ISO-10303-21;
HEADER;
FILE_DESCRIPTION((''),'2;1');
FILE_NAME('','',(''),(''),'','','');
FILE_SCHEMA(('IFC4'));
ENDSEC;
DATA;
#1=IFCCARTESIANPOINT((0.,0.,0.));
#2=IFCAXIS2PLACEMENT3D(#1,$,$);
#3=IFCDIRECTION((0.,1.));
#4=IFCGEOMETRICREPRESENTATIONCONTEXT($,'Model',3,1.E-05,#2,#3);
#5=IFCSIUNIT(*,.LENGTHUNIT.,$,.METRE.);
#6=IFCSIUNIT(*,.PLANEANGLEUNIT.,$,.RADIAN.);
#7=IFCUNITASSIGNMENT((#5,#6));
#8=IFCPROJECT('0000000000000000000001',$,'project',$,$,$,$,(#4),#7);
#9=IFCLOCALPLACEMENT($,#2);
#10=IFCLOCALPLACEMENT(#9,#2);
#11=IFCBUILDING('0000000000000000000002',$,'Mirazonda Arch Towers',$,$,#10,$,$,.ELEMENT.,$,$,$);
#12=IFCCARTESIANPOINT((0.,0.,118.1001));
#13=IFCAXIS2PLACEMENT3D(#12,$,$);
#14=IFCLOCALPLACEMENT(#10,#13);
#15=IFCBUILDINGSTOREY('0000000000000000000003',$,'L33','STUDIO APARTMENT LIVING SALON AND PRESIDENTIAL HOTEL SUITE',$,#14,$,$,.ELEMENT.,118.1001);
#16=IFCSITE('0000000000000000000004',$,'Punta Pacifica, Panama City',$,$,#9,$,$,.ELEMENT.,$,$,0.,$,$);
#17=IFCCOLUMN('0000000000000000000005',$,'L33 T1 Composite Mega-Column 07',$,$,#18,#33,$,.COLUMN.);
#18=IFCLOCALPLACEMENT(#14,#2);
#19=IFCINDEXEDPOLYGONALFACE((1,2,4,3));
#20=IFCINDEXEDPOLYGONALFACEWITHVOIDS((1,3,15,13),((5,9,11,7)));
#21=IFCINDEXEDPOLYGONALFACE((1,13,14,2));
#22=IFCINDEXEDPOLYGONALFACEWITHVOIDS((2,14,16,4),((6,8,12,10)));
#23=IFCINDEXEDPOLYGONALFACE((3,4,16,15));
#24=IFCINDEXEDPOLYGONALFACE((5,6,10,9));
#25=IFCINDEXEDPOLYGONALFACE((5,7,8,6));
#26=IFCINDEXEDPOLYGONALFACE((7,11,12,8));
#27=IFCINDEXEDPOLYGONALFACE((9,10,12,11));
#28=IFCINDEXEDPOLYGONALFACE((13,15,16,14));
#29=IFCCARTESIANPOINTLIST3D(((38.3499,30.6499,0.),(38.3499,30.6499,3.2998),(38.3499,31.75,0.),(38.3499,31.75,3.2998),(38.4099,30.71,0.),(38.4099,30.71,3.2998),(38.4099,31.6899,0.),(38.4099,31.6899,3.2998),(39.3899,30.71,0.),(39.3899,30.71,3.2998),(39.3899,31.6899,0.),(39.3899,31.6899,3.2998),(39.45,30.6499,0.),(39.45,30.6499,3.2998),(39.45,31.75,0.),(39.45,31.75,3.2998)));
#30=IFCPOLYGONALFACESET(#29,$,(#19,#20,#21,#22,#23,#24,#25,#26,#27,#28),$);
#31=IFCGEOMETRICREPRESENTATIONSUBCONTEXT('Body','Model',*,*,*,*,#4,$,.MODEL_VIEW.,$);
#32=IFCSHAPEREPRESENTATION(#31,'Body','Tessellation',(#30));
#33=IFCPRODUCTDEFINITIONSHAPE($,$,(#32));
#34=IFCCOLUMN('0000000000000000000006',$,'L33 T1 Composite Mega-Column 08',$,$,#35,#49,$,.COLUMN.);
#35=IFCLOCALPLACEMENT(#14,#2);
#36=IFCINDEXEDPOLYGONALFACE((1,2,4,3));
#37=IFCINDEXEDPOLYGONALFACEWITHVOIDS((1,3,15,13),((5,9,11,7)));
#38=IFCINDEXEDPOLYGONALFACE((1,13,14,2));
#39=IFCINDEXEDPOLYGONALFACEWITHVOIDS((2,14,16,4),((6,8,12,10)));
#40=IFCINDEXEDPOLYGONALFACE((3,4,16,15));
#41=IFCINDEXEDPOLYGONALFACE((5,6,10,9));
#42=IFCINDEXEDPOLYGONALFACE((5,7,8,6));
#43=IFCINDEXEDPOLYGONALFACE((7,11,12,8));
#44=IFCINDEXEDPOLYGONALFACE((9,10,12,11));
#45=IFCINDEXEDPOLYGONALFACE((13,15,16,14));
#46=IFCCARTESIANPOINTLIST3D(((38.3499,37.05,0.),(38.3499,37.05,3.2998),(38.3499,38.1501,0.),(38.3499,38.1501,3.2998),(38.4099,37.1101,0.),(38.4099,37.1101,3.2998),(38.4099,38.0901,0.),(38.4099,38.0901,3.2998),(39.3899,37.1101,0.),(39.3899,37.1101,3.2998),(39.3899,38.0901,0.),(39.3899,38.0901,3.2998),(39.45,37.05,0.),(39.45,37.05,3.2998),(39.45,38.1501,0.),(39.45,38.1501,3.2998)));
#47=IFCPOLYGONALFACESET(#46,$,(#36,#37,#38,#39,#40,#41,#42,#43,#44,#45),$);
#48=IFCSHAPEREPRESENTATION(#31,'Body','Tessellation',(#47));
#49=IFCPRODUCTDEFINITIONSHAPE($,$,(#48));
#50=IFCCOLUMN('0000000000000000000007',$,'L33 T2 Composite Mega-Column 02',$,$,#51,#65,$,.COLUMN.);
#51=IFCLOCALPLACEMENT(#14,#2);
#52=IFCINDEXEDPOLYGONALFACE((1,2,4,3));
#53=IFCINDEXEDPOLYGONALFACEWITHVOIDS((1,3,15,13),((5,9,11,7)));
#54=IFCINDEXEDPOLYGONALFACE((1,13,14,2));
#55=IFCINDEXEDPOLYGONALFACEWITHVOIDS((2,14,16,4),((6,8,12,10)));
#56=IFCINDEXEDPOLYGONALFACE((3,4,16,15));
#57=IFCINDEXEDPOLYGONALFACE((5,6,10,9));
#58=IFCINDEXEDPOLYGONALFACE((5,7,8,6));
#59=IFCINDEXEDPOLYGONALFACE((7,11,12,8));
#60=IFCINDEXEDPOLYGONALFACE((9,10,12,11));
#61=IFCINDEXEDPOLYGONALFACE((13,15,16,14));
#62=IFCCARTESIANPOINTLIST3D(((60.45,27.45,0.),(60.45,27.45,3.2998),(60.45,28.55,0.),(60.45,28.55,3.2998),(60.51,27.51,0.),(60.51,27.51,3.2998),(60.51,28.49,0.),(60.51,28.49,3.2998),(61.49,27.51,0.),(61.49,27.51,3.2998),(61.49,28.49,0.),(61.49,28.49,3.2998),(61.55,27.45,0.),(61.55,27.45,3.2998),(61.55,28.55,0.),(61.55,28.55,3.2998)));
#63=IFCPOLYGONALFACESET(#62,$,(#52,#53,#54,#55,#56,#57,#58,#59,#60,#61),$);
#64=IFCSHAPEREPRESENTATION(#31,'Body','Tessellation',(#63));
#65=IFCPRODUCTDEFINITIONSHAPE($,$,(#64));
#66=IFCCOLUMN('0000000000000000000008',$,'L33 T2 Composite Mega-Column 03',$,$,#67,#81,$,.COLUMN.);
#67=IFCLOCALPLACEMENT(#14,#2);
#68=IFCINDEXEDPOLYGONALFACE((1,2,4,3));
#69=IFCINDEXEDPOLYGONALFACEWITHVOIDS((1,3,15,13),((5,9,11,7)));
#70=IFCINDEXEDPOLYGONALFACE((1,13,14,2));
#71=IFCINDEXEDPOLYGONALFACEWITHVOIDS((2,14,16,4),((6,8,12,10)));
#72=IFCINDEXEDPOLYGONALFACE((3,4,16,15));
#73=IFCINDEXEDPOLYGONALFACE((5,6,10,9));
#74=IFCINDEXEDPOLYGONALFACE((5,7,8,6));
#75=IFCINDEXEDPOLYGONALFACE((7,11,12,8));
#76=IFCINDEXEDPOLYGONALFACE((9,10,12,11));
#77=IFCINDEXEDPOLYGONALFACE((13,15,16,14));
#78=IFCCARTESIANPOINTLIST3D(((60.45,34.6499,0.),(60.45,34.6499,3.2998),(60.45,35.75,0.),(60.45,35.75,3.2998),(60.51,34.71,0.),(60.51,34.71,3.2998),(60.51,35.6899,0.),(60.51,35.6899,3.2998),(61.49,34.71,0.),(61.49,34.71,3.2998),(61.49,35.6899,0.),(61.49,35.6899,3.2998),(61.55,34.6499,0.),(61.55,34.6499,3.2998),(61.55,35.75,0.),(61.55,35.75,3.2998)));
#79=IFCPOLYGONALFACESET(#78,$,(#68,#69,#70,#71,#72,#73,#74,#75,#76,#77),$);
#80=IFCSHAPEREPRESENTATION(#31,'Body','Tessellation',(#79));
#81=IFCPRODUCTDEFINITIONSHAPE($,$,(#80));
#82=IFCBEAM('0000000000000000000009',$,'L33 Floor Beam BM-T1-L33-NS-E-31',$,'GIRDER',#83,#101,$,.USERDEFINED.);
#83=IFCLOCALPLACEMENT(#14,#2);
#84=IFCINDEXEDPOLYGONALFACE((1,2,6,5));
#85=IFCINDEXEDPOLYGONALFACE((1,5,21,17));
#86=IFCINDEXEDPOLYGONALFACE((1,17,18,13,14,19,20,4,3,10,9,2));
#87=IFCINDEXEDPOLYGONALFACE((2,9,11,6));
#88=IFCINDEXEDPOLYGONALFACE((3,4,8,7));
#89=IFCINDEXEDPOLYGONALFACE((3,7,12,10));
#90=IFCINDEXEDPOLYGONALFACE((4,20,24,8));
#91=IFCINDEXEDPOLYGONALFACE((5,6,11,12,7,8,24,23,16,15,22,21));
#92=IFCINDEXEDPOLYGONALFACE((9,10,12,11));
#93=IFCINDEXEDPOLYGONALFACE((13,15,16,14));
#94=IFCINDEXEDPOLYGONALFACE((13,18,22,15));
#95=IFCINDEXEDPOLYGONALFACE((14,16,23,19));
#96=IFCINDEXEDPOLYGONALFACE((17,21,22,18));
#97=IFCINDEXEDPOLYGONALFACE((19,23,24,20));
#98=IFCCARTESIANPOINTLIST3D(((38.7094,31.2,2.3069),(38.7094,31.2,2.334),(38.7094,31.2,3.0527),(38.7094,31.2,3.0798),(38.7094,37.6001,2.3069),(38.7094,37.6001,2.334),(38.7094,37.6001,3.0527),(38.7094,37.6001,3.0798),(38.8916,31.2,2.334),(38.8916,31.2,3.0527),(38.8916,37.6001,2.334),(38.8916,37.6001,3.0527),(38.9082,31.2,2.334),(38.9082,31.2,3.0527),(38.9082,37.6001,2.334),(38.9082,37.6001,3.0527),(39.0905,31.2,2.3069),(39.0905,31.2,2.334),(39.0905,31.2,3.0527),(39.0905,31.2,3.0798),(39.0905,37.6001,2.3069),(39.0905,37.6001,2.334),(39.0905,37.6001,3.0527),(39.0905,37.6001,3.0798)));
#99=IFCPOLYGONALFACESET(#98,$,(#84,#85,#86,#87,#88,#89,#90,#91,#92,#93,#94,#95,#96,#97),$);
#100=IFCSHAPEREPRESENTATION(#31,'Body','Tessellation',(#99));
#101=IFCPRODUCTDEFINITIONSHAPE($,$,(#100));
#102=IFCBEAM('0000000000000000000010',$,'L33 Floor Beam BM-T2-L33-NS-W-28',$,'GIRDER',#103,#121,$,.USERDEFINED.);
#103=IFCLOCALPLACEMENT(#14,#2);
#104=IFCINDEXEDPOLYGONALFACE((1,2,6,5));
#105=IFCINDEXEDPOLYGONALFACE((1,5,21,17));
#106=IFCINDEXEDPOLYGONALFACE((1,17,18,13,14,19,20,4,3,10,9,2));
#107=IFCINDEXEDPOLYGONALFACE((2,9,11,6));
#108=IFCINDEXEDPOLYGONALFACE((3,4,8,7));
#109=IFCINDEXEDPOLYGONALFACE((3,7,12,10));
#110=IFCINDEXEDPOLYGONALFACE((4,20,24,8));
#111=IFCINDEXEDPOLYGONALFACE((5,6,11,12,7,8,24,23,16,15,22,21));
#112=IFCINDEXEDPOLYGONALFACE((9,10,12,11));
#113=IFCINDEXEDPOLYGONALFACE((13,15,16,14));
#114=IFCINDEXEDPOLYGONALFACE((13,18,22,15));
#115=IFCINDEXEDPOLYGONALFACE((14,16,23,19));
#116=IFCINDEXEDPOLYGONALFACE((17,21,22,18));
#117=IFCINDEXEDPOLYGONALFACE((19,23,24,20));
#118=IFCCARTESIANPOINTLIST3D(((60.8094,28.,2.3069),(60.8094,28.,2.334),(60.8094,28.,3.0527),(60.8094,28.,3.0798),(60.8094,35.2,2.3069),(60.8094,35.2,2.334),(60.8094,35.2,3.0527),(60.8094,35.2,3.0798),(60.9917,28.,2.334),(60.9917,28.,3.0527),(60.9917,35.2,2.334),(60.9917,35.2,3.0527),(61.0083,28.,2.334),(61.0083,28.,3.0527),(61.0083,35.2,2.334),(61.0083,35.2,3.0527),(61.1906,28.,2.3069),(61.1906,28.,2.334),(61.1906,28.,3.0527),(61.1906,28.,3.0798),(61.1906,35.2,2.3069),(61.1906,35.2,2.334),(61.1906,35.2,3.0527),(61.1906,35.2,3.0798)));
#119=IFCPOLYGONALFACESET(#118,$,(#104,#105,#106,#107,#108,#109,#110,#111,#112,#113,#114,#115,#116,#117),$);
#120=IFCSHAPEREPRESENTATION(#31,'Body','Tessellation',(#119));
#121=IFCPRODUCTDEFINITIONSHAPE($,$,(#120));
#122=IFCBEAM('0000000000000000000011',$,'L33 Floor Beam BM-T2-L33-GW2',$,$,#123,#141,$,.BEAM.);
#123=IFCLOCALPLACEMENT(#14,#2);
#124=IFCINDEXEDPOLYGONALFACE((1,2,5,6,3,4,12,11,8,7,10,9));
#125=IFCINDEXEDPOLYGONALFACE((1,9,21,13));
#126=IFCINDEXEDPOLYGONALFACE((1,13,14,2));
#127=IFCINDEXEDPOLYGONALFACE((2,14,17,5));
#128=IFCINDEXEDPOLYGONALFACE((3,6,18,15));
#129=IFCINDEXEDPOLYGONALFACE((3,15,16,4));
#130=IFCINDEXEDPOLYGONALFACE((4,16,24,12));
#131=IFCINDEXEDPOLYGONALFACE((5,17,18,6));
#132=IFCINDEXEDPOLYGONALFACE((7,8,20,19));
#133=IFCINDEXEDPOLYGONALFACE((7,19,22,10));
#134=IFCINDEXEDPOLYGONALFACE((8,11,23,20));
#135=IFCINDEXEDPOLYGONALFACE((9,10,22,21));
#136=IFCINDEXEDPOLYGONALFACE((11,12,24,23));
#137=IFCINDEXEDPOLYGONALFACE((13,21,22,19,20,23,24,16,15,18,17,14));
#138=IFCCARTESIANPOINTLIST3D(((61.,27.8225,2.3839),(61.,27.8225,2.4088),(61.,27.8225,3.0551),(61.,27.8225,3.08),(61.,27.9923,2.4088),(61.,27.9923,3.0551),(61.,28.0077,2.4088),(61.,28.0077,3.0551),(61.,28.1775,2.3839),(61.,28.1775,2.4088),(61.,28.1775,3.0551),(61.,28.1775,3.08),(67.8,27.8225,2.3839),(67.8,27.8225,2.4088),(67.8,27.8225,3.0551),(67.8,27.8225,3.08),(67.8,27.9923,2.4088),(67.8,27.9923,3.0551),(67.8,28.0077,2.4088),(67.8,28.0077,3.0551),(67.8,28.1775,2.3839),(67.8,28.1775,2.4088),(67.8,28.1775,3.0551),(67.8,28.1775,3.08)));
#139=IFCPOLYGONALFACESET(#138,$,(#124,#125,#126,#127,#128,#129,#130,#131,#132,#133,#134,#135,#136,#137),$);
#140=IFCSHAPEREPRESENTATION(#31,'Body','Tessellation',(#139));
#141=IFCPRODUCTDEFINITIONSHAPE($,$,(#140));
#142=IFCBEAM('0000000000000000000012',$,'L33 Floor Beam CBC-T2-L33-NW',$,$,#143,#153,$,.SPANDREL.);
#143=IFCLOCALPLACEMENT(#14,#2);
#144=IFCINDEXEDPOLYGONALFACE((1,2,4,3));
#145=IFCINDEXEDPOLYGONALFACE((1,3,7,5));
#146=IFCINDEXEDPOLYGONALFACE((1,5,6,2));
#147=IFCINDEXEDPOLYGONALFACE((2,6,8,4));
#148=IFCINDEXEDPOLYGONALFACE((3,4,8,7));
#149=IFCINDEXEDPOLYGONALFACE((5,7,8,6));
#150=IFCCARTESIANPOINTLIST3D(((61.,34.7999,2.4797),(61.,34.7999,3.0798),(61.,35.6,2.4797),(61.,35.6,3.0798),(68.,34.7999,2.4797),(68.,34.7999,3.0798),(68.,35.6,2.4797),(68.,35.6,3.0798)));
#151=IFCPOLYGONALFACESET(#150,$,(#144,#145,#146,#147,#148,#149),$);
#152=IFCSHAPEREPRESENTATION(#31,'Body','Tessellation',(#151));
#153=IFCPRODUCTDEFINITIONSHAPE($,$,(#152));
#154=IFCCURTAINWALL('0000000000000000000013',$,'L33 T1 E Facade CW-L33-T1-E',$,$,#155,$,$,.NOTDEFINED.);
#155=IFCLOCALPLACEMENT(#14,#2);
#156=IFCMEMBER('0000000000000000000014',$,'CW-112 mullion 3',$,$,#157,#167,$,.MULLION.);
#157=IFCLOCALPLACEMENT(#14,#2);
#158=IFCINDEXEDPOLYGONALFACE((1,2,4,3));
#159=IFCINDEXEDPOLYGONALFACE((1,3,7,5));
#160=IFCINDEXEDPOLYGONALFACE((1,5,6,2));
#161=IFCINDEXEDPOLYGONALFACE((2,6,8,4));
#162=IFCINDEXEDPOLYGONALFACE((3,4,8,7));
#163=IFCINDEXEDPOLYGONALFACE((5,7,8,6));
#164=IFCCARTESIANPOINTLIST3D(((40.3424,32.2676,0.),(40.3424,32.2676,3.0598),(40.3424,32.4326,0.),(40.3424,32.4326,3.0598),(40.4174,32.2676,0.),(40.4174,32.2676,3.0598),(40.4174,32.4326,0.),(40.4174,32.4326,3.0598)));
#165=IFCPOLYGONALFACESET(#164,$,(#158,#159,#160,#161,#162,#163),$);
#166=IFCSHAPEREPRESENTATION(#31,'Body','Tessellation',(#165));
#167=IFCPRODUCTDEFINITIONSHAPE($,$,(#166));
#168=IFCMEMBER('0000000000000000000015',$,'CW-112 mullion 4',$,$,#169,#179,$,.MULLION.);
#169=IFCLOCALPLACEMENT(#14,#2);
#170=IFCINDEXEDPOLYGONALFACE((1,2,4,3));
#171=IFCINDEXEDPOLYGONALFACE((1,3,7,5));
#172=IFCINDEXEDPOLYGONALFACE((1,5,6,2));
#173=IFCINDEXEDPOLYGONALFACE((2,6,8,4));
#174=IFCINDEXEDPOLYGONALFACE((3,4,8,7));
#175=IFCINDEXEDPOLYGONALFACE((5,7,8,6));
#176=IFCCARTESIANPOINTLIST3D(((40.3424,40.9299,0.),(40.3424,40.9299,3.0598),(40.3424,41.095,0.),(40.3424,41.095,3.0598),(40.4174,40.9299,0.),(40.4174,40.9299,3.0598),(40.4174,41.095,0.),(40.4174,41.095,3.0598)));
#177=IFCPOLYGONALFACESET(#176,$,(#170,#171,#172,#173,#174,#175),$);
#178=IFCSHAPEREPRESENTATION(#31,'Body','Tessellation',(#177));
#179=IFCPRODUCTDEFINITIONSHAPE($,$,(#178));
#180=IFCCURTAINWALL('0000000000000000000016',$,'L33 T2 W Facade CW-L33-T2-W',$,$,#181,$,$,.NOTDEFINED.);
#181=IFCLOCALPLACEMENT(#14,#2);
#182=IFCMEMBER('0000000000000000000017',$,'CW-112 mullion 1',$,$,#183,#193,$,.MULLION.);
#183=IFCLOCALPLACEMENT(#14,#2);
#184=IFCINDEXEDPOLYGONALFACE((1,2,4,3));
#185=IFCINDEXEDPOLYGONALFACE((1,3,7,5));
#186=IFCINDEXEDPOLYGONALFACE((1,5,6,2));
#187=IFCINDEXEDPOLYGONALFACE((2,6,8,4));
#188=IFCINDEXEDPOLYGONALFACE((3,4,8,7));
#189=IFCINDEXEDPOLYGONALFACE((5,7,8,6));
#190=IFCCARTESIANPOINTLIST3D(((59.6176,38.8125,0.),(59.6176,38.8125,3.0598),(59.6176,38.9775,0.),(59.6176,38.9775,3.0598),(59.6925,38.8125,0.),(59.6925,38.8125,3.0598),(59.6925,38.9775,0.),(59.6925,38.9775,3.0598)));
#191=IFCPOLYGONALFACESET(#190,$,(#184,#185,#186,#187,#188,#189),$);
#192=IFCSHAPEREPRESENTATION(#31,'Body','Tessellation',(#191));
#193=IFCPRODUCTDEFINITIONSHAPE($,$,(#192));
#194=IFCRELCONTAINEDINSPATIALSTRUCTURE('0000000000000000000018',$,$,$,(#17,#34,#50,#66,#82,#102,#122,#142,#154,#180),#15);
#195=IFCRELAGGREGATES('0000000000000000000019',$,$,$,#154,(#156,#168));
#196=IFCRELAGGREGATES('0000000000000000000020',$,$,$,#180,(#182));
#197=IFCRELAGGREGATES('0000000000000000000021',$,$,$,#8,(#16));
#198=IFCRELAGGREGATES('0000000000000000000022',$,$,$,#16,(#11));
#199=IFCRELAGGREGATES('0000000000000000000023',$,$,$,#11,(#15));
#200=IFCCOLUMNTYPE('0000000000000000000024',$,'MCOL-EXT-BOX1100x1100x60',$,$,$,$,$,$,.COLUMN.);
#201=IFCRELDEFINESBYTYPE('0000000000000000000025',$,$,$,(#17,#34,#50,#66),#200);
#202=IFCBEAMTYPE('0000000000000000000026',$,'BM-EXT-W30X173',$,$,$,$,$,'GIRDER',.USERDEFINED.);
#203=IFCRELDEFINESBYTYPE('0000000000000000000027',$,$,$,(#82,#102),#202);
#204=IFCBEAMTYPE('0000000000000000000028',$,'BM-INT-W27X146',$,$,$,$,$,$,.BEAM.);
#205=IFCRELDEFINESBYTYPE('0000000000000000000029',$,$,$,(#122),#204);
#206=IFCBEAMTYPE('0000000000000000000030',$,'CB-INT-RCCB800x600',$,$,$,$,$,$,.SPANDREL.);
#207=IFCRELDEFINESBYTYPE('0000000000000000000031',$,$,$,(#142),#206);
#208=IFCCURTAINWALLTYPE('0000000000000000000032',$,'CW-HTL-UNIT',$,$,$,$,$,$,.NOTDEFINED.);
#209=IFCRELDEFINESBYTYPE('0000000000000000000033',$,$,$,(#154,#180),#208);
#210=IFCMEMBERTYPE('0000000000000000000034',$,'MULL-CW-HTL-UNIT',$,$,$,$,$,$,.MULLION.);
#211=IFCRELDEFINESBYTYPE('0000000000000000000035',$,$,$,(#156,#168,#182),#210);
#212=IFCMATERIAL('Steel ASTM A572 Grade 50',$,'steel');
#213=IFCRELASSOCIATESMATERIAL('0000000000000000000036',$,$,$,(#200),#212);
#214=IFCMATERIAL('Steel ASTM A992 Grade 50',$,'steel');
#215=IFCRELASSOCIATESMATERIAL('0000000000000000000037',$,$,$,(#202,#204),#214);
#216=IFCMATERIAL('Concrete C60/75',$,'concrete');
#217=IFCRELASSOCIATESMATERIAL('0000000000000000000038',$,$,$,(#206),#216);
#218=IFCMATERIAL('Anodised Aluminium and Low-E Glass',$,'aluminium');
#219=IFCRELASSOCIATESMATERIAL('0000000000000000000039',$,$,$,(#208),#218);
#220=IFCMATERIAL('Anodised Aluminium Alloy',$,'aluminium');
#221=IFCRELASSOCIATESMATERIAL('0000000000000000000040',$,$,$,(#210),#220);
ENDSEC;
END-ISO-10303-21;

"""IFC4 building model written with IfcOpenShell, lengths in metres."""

from ifc_helpers import new_model, si_unit, direction, frame, origin, origin_2d, place, context, subcontext, project, spatial, rectangle, hollow_rectangle, i_section, extrude, material, material_profile, profile_set, type_object, element, aggregate, save


model = new_model("IFC4")

# Units and contexts
model_context = context("Model", 3, precision=1e-05, world=origin(), true_north=direction((0.0, 1.0)))
body_context = subcontext(model_context, "Body", "Model", "MODEL_VIEW")
ifc_project = project(units=[si_unit("LENGTHUNIT", "METRE"), si_unit("PLANEANGLEUNIT", "RADIAN")], contexts=[model_context])

# Site, building, storey
site_placement = place(None, origin())
site = spatial("IfcSite", under=ifc_project, at=site_placement, Name="Punta Pacifica, Panama City", CompositionType="ELEMENT", RefElevation=0.0)
building_placement = place(site_placement, origin())
building = spatial("IfcBuilding", under=site, at=building_placement, Name="Mirazonda Arch Towers", CompositionType="ELEMENT")
storey_placement = place(building_placement, frame((0.0, 0.0, 118.1001)))
storey = spatial("IfcBuildingStorey", under=building, at=storey_placement, Name="L33", Description="STUDIO APARTMENT LIVING SALON AND PRESIDENTIAL HOTEL SUITE", CompositionType="ELEMENT", Elevation=118.1001)

# Columns
ifc_material_1 = material(Name="Steel ASTM A572 Grade 50", Category="steel")
ifc_material_profile_1 = material_profile(ifc_material_1, hollow_rectangle(XDim=1.1001, YDim=1.1001, WallThickness=0.0601, at=origin_2d()), Name="BOX1100x1100x60")
ifc_profile_set_1 = profile_set([ifc_material_profile_1], Name="Steel ASTM A572 Grade 50")
column_type = type_object("IfcColumnType", Name="MCOL-EXT-BOX1100x1100x60", PredefinedType="COLUMN", material=ifc_profile_set_1)
for number, where, z_axis, x_axis, name in (
    (1, (38.8999, 31.2, 0.0), (0.0, 0.0, 1.0), (1.0, 0.0, 0.0), "L33 T1 Composite Mega-Column 07"),
    (2, (38.8999, 37.6001, 0.0), (0.0, 0.0, 1.0), (1.0, 0.0, 0.0), "L33 T1 Composite Mega-Column 08"),
    (3, (61.0, 28.0, 0.0), (0.0, 0.0, 1.0), (1.0, 0.0, 0.0), "L33 T2 Composite Mega-Column 02"),
    (4, (61.0, 35.2, 0.0), (0.0, 0.0, 1.0), (1.0, 0.0, 0.0), "L33 T2 Composite Mega-Column 03"),
):
    element("IfcColumn", number, at=place(storey_placement, frame(where, z_axis=z_axis, x_axis=x_axis)), inside=storey, type_object=column_type, Name=name, PredefinedType="COLUMN", context=body_context, shape_type="SweptSolid", body=[
        extrude(hollow_rectangle(XDim=1.1001, YDim=1.1001, WallThickness=0.0601, at=origin_2d()), origin(), (0.0, 0.0, 1.0), 3.2998),
    ])

# Beams
ifc_material_2 = material(Name="Steel ASTM A992 Grade 50", Category="steel")
ifc_material_profile_2 = material_profile(ifc_material_2, i_section(OverallWidth=0.3811, OverallDepth=0.7729, WebThickness=0.0166, FlangeThickness=0.0271, at=origin_2d()), Name="W30X173")
ifc_profile_set_2 = profile_set([ifc_material_profile_2], Name="Steel ASTM A992 Grade 50")
beam_type_1 = type_object("IfcBeamType", Name="BM-EXT-W30X173", ElementType="GIRDER", PredefinedType="USERDEFINED", material=ifc_profile_set_2)
beam_1_placement = place(storey_placement, frame((38.8999, 31.2, 2.6934), z_axis=(0.0, 1.0, 0.0), x_axis=(-1.0, 0.0, 0.0)))
element("IfcBeam", 5, at=beam_1_placement, inside=storey, type_object=beam_type_1, Name="L33 Floor Beam BM-T1-L33-NS-E-31", ObjectType="GIRDER", PredefinedType="USERDEFINED", context=body_context, shape_type="SweptSolid", body=[
    extrude(i_section(OverallWidth=0.3811, OverallDepth=0.7729, WebThickness=0.0166, FlangeThickness=0.0271, at=origin_2d()), origin(), (0.0, 0.0, 1.0), 6.4001),
])
beam_2_placement = place(storey_placement, frame((61.0, 28.0, 2.6934), z_axis=(0.0, 1.0, 0.0), x_axis=(-1.0, 0.0, 0.0)))
element("IfcBeam", 6, at=beam_2_placement, inside=storey, type_object=beam_type_1, Name="L33 Floor Beam BM-T2-L33-NS-W-28", ObjectType="GIRDER", PredefinedType="USERDEFINED", context=body_context, shape_type="SweptSolid", body=[
    extrude(i_section(OverallWidth=0.3811, OverallDepth=0.7729, WebThickness=0.0166, FlangeThickness=0.0271, at=origin_2d()), origin(), (0.0, 0.0, 1.0), 7.2),
])
ifc_material_profile_3 = material_profile(ifc_material_2, i_section(OverallWidth=0.355, OverallDepth=0.696, WebThickness=0.0154, FlangeThickness=0.0249, at=origin_2d()), Name="W27X146")
ifc_profile_set_3 = profile_set([ifc_material_profile_3], Name="Steel ASTM A992 Grade 50")
beam_type_2 = type_object("IfcBeamType", Name="BM-INT-W27X146", PredefinedType="BEAM", material=ifc_profile_set_3)
beam_3_placement = place(storey_placement, frame((61.0, 28.0, 2.7319), z_axis=(1.0, 0.0, 0.0), x_axis=(0.0, 1.0, 0.0)))
element("IfcBeam", 7, at=beam_3_placement, inside=storey, type_object=beam_type_2, Name="L33 Floor Beam BM-T2-L33-GW2", PredefinedType="BEAM", context=body_context, shape_type="SweptSolid", body=[
    extrude(i_section(OverallWidth=0.355, OverallDepth=0.696, WebThickness=0.0154, FlangeThickness=0.0249, at=origin_2d()), origin(), (0.0, 0.0, 1.0), 6.8),
])
ifc_material_3 = material(Name="Concrete C60/75", Category="concrete")
ifc_material_profile_4 = material_profile(ifc_material_3, rectangle(XDim=0.8, YDim=0.6001, at=origin_2d()), Name="RCCB800x600")
ifc_profile_set_4 = profile_set([ifc_material_profile_4], Name="Concrete C60/75")
beam_type_3 = type_object("IfcBeamType", Name="CB-INT-RCCB800x600", PredefinedType="SPANDREL", material=ifc_profile_set_4)
beam_4_placement = place(storey_placement, frame((61.0, 35.2, 2.7798), z_axis=(1.0, 0.0, 0.0), x_axis=(0.0, 1.0, 0.0)))
element("IfcBeam", 8, at=beam_4_placement, inside=storey, type_object=beam_type_3, Name="L33 Floor Beam CBC-T2-L33-NW", PredefinedType="SPANDREL", context=body_context, shape_type="SweptSolid", body=[
    extrude(rectangle(XDim=0.8, YDim=0.6001, at=origin_2d()), origin(), (0.0, 0.0, 1.0), 7.0),
])

# Curtain walls, members
ifc_material_4 = material(Name="Anodised Aluminium and Low-E Glass", Category="aluminium")
curtain_wall_type = type_object("IfcCurtainWallType", Name="CW-HTL-UNIT", PredefinedType="NOTDEFINED", material=ifc_material_4)
curtain_wall_1_placement = place(storey_placement, origin())
curtain_wall_1 = element("IfcCurtainWall", 9, at=curtain_wall_1_placement, inside=storey, type_object=curtain_wall_type, Name="L33 T1 E Facade CW-L33-T1-E", PredefinedType="NOTDEFINED")
ifc_material_5 = material(Name="Anodised Aluminium Alloy", Category="aluminium")
ifc_material_profile_5 = material_profile(ifc_material_5, rectangle(XDim=0.075, YDim=0.165, at=origin_2d()), Name="ALU-MULL-75x165")
ifc_profile_set_5 = profile_set([ifc_material_profile_5], Name="Anodised Aluminium Alloy")
member_type_1 = type_object("IfcMemberType", Name="MULL-CW-HTL-UNIT", PredefinedType="MULLION", material=ifc_profile_set_5)
member_1_placement = place(storey_placement, frame((40.3799, 32.3501, 0.0), z_axis=(0.0, 0.0, 1.0), x_axis=(-1.0, 0.0, 0.0)))
member_1 = element("IfcMember", 10, at=member_1_placement, type_object=member_type_1, Name="CW-112 mullion 3", PredefinedType="MULLION", context=body_context, shape_type="SweptSolid", body=[
    extrude(rectangle(XDim=0.075, YDim=0.165, at=origin_2d()), origin(), (0.0, 0.0, 1.0), 3.0598),
])
member_2_placement = place(storey_placement, frame((40.3799, 41.0125, 0.0), z_axis=(0.0, 0.0, 1.0), x_axis=(-1.0, 0.0, 0.0)))
member_2 = element("IfcMember", 11, at=member_2_placement, type_object=member_type_1, Name="CW-112 mullion 4", PredefinedType="MULLION", context=body_context, shape_type="SweptSolid", body=[
    extrude(rectangle(XDim=0.075, YDim=0.165, at=origin_2d()), origin(), (0.0, 0.0, 1.0), 3.0598),
])
curtain_wall_2_placement = place(storey_placement, origin())
curtain_wall_2 = element("IfcCurtainWall", 12, at=curtain_wall_2_placement, inside=storey, type_object=curtain_wall_type, Name="L33 T2 W Facade CW-L33-T2-W", PredefinedType="NOTDEFINED")
member_3_placement = place(storey_placement, frame((59.655, 38.895, 0.0), z_axis=(0.0, 0.0, 1.0), x_axis=(1.0, 0.0, 0.0)))
member_3 = element("IfcMember", 13, at=member_3_placement, type_object=member_type_1, Name="CW-112 mullion 1", PredefinedType="MULLION", context=body_context, shape_type="SweptSolid", body=[
    extrude(rectangle(XDim=0.075, YDim=0.165, at=origin_2d()), origin(), (0.0, 0.0, 1.0), 3.0598),
])

aggregate(curtain_wall_1, [member_1, member_2])
aggregate(curtain_wall_2, [member_3])

save(model, "model.ifc")
